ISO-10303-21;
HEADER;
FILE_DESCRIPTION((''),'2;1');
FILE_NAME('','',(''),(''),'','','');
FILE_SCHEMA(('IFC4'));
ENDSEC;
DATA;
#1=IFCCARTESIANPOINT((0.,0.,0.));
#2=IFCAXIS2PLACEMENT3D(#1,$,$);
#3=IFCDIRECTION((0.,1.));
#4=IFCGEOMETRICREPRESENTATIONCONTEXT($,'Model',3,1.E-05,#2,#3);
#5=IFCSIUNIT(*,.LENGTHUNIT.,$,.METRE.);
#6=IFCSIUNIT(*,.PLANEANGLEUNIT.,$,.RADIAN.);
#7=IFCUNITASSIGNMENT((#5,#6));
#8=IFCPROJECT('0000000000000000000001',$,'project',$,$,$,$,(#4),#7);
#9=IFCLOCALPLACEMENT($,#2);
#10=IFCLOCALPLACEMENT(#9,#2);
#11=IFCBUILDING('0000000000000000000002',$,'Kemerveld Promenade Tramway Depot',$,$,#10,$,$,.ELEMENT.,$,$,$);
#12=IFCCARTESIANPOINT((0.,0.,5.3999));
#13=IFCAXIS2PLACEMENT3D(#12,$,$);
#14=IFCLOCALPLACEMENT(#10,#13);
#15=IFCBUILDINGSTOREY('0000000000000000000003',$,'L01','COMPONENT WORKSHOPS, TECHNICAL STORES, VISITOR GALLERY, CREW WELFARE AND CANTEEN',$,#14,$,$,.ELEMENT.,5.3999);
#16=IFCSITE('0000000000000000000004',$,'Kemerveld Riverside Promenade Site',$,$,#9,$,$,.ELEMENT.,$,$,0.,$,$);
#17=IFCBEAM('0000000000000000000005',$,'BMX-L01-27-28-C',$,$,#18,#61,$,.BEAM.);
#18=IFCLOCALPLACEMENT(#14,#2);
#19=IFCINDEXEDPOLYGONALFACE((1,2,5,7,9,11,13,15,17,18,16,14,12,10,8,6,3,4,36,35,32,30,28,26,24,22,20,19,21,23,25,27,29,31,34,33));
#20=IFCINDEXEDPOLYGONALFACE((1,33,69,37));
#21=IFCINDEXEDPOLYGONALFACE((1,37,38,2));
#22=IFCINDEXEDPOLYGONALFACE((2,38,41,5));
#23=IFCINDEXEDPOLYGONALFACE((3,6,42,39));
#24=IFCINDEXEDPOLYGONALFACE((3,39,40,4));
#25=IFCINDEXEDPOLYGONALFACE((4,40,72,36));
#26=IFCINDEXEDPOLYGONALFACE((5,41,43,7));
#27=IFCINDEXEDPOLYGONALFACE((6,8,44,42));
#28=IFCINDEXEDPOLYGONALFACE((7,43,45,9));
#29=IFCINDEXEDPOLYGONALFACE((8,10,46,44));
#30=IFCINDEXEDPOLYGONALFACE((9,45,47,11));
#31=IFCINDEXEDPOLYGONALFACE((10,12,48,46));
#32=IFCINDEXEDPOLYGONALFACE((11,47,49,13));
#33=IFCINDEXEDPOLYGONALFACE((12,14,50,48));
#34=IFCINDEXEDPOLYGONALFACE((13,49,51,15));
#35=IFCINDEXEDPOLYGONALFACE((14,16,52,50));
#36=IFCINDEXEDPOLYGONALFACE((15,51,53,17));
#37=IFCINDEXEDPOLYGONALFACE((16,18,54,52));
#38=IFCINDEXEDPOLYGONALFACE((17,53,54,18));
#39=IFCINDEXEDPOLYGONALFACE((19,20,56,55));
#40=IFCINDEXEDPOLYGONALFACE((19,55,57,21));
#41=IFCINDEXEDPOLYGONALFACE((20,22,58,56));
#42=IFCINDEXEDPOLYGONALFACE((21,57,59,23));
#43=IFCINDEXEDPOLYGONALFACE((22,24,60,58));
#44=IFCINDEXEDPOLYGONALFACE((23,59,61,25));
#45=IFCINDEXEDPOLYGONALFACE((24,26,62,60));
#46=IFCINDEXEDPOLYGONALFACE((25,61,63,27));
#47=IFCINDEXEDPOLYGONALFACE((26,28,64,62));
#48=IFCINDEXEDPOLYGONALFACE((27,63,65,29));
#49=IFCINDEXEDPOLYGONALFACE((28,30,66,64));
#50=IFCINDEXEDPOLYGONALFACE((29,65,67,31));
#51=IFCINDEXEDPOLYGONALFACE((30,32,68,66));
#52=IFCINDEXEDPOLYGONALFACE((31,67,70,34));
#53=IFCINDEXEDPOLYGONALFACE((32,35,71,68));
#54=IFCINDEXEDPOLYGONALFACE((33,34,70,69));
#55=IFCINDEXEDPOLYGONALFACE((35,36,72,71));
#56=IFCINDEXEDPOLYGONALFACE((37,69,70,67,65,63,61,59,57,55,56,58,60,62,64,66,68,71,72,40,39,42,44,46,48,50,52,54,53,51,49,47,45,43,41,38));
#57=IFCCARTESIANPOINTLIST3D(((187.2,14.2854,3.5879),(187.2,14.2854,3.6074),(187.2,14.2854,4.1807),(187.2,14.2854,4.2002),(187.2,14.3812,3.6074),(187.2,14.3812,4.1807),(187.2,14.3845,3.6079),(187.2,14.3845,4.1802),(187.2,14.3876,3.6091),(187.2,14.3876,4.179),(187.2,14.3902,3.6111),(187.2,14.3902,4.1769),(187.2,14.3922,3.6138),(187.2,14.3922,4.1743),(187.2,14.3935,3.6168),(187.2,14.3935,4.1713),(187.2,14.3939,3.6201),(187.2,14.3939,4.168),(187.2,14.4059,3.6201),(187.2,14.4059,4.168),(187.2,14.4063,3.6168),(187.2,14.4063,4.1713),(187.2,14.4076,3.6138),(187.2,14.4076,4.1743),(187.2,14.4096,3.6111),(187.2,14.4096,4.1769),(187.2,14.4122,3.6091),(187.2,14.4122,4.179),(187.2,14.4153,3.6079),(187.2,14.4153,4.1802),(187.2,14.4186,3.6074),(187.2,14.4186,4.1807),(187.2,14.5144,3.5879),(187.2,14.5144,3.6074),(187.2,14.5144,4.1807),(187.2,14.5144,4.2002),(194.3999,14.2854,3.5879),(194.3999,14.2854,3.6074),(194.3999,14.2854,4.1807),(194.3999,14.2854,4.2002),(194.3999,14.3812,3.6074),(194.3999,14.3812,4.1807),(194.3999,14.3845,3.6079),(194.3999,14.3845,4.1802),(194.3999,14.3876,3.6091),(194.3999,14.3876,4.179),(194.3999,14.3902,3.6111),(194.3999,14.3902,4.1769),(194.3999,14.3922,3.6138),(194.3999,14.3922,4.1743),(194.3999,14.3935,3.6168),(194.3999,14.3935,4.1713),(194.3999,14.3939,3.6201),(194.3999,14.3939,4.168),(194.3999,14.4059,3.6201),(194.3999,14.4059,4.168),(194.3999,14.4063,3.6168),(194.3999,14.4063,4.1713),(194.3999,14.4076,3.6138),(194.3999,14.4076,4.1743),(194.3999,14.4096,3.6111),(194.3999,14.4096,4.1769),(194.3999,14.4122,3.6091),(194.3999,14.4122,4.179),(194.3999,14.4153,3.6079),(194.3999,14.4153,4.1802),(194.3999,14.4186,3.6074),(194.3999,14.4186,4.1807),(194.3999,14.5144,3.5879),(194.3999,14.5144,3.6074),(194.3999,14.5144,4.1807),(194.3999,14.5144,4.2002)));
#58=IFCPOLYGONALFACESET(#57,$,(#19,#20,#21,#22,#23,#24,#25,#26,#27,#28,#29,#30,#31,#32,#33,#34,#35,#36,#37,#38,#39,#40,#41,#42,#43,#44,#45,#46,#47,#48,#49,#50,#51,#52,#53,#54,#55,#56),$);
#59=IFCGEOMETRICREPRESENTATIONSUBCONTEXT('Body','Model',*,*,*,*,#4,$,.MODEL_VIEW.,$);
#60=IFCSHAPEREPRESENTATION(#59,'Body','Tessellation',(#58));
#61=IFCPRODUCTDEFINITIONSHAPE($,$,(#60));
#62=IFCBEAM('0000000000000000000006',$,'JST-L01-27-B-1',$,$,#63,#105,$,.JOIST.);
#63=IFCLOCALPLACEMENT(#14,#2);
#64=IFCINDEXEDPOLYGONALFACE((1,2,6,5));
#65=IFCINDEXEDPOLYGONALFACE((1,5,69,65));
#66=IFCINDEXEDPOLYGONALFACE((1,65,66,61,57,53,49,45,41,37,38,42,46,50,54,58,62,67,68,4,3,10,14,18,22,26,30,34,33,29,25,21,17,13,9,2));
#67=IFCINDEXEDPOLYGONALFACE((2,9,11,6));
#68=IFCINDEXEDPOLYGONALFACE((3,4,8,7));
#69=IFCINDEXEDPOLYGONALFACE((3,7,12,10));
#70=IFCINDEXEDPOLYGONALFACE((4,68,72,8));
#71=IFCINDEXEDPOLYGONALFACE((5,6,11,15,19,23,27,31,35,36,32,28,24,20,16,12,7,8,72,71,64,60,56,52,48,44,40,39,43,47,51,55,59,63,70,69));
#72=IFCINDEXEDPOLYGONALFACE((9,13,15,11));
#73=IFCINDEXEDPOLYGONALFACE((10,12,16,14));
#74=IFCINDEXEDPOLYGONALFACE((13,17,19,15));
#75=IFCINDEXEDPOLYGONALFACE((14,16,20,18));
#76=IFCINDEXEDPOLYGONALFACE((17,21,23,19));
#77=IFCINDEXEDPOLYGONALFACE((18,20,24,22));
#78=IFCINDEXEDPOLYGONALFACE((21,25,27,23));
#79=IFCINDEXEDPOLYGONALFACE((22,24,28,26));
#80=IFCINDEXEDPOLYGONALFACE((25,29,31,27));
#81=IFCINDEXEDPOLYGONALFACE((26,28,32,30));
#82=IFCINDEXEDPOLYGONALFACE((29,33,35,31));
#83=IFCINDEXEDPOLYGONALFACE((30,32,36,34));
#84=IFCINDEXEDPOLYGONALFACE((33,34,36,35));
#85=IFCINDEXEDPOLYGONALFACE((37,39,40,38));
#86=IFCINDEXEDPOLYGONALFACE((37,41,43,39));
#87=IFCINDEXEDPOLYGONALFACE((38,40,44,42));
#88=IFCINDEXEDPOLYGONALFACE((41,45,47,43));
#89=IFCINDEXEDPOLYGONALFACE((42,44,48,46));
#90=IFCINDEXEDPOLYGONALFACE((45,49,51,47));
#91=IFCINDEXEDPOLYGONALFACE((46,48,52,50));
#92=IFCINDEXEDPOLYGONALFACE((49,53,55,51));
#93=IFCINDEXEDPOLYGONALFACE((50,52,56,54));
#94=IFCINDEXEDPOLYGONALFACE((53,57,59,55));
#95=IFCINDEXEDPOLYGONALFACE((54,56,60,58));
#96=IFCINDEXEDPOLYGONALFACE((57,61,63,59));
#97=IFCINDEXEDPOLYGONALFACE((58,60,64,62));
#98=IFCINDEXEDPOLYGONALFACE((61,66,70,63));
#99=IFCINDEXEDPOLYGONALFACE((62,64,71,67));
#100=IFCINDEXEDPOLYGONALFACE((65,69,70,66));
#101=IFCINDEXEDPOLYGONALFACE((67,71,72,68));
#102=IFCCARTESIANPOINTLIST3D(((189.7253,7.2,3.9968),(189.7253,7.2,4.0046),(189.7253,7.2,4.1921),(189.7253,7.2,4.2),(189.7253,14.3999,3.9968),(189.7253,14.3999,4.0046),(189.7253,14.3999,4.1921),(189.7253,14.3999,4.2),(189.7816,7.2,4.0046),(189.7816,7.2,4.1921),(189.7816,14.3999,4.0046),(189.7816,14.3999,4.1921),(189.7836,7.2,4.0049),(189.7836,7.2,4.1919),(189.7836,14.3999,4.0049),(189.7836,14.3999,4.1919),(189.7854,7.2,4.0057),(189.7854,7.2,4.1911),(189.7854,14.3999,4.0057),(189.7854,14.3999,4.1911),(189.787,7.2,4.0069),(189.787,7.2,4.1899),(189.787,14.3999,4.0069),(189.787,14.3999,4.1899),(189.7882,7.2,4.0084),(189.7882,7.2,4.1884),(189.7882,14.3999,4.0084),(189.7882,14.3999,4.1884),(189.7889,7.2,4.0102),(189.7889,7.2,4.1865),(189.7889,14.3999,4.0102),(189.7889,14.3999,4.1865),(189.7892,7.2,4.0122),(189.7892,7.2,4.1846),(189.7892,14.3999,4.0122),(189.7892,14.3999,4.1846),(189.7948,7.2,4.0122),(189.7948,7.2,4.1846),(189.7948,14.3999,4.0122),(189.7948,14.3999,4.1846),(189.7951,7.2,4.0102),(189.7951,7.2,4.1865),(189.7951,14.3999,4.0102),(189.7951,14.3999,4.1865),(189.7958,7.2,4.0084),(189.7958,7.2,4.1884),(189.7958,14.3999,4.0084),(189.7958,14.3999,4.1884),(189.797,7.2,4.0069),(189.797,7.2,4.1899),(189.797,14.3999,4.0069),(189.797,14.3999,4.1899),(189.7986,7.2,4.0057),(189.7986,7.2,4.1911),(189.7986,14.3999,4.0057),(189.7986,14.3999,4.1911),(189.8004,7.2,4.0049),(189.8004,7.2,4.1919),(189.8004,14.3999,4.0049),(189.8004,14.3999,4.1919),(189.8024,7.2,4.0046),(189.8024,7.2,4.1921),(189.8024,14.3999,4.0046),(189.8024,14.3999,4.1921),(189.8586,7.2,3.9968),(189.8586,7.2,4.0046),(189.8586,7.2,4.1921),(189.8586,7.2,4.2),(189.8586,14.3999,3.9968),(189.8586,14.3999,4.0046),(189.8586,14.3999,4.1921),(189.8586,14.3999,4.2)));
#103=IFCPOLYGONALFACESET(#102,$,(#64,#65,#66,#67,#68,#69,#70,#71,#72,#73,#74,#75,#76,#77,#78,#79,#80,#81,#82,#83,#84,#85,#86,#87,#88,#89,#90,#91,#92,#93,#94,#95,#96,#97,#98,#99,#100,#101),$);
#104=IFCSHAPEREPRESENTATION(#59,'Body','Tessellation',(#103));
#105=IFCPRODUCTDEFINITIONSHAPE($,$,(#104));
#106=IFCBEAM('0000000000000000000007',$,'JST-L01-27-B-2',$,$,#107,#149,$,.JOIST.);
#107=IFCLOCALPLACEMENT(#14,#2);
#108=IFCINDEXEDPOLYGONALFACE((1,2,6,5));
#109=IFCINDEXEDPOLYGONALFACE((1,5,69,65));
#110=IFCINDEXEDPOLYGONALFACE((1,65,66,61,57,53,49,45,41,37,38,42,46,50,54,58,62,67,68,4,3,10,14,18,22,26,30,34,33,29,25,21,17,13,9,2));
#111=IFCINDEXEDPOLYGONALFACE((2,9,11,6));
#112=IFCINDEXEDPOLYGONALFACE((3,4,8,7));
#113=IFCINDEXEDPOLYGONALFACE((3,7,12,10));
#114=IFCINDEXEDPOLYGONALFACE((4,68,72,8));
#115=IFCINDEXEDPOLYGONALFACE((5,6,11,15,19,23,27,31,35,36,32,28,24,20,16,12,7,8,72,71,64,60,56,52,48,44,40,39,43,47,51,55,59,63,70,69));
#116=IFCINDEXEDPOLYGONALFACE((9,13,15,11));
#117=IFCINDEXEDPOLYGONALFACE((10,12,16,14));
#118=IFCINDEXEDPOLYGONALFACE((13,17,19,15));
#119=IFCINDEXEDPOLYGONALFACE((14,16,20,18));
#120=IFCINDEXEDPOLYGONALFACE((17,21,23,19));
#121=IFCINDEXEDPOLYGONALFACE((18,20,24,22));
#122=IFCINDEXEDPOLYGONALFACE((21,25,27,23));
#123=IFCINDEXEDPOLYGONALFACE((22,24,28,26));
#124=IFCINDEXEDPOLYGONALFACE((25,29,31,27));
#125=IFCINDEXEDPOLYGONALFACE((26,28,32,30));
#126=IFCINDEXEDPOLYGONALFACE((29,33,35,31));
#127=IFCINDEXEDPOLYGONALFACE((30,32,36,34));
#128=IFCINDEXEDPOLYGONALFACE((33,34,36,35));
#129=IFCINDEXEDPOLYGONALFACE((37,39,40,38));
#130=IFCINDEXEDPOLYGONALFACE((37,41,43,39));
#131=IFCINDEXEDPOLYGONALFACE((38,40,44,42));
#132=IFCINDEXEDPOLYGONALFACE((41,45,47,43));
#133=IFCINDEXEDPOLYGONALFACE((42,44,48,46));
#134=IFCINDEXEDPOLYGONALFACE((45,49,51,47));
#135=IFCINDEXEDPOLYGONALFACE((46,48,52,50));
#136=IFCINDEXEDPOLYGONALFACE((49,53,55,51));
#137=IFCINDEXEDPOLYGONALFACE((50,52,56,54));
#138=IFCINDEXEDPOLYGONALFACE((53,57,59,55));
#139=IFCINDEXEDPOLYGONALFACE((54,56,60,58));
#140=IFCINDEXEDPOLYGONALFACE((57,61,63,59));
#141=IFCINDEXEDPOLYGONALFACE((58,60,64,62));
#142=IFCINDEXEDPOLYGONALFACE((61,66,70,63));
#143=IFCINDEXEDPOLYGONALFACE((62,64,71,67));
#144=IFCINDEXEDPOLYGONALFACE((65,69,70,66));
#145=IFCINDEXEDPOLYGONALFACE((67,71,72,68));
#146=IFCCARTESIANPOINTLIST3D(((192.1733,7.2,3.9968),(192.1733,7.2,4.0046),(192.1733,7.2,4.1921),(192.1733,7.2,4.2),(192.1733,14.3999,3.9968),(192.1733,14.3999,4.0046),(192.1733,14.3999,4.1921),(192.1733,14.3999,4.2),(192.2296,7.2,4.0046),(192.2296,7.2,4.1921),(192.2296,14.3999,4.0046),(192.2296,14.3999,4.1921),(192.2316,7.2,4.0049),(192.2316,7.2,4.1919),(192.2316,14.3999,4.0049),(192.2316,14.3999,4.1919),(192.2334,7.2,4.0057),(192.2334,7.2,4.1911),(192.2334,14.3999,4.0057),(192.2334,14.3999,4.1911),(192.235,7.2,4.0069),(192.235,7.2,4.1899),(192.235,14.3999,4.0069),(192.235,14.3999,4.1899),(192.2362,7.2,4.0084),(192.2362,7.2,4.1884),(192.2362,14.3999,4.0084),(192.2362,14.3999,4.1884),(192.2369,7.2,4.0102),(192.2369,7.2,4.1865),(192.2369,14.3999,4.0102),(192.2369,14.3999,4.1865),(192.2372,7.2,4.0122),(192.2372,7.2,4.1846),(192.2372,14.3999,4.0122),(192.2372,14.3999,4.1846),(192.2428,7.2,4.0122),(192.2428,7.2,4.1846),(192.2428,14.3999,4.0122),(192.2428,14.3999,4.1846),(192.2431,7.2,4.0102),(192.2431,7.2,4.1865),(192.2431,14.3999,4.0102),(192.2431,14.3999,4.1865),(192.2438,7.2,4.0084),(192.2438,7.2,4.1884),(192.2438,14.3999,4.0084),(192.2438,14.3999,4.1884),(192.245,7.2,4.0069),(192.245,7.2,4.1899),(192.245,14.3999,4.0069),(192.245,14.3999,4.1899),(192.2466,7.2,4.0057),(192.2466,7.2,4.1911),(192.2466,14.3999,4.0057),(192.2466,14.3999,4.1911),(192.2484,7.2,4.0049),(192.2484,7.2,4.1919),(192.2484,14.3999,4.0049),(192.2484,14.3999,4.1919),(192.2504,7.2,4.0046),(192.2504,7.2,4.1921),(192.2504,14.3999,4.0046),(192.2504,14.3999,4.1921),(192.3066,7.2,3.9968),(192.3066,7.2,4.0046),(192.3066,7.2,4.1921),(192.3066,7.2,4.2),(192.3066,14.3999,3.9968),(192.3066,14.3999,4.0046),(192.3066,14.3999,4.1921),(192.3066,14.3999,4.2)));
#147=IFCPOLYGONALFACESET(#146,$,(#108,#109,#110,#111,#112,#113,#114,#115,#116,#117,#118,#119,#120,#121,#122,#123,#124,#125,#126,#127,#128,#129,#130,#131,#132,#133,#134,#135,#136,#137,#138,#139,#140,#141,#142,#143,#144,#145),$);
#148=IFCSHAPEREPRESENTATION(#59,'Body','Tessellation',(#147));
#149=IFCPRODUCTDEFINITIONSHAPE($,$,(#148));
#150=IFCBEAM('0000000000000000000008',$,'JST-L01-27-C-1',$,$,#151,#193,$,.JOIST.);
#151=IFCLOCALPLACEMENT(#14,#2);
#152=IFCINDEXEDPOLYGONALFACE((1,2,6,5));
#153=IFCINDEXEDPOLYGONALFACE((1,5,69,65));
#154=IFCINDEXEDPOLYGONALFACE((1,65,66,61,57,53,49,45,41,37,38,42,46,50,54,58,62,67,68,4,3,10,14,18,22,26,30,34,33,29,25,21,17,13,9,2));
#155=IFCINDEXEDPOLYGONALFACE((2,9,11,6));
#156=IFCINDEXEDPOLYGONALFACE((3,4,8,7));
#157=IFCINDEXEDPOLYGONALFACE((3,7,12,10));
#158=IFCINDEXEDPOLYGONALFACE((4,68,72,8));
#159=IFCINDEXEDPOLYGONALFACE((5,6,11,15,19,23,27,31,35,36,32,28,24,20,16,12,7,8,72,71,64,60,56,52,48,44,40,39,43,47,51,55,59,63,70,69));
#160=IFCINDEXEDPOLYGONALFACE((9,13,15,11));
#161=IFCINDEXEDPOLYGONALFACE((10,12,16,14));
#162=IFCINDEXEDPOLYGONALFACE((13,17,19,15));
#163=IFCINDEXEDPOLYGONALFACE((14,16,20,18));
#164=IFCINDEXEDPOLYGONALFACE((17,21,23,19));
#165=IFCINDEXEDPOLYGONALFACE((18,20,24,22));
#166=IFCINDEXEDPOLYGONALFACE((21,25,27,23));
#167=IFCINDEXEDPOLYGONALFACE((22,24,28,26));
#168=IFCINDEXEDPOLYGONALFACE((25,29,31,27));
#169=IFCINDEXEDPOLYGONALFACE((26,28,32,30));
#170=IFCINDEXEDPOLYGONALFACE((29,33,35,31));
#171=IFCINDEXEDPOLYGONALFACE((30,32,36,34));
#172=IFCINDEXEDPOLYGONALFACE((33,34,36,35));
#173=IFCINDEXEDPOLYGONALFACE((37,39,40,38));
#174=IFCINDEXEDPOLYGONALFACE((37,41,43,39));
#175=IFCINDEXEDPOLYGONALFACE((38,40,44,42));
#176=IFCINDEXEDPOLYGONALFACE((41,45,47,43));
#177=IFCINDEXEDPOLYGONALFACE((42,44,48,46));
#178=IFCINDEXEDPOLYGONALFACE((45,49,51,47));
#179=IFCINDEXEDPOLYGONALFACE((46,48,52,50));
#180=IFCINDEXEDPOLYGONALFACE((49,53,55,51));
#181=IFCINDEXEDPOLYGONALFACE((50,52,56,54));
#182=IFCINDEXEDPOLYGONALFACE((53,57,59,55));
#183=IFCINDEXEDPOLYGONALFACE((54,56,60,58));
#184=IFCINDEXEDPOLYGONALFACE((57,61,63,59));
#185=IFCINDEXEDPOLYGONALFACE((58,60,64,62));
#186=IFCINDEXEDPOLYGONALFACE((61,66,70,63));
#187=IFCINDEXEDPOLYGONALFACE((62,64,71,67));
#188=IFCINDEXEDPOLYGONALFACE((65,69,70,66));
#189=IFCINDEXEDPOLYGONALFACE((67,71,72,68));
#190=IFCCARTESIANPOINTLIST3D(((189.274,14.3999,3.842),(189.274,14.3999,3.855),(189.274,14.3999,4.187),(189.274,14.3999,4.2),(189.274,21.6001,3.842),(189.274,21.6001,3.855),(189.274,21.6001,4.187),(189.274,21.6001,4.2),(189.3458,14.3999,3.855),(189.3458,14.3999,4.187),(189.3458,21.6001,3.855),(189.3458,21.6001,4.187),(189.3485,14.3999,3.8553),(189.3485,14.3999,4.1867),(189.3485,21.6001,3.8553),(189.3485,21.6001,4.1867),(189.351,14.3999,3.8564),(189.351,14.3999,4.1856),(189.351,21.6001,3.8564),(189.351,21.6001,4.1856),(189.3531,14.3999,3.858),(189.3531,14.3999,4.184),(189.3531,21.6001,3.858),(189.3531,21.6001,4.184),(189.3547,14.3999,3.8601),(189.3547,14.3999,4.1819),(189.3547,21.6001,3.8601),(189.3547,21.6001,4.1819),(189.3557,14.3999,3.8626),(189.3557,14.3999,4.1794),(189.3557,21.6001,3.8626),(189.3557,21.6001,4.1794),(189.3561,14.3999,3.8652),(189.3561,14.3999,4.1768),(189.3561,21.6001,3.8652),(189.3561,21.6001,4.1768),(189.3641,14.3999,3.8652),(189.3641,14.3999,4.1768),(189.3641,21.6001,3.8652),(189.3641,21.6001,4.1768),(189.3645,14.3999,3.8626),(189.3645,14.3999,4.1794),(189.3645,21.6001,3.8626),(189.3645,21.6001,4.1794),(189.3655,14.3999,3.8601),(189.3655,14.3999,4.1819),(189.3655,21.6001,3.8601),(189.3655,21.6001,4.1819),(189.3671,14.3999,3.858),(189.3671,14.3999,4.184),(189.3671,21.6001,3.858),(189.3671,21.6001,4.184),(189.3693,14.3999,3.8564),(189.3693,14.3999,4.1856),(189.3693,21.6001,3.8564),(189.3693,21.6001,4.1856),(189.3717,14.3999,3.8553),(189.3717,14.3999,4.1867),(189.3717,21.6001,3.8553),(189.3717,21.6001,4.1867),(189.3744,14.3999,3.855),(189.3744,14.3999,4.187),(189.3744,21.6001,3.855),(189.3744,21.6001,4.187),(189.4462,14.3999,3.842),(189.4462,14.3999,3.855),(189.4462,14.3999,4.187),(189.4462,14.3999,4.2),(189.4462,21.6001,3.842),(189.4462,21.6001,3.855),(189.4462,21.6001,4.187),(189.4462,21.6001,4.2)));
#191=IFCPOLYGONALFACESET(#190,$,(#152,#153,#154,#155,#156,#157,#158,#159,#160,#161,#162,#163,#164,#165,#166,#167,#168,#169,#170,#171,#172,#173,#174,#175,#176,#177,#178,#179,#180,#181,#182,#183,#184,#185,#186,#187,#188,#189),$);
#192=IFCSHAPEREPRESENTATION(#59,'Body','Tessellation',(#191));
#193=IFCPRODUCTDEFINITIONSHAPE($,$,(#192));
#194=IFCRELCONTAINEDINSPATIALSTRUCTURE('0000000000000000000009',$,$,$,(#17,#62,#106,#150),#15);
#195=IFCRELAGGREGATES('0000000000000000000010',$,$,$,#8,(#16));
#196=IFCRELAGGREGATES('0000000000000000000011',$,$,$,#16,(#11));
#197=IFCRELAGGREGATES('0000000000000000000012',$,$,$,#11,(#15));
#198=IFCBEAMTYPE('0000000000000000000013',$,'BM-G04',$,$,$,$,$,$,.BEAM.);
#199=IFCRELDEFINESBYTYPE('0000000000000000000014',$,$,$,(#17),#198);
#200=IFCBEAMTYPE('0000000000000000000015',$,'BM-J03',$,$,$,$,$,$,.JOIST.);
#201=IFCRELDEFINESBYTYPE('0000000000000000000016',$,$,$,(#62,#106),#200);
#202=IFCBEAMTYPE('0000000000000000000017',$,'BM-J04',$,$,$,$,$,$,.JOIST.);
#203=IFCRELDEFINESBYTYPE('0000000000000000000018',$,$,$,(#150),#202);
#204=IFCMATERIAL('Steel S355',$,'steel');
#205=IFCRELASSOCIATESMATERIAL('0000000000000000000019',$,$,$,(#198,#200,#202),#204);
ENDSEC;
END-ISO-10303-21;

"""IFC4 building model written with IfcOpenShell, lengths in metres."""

from ifc_helpers import new_model, si_unit, direction, frame, origin, origin_2d, place, context, subcontext, project, spatial, i_section, extrude, material, material_profile, profile_set, type_object, element, save


model = new_model("IFC4")

# Units and contexts
model_context = context("Model", 3, precision=1e-05, world=origin(), true_north=direction((0.0, 1.0)))
body_context = subcontext(model_context, "Body", "Model", "MODEL_VIEW")
ifc_project = project(units=[si_unit("LENGTHUNIT", "METRE"), si_unit("PLANEANGLEUNIT", "RADIAN")], contexts=[model_context])

# Site, building, storey
site_placement = place(None, origin())
site = spatial("IfcSite", under=ifc_project, at=site_placement, Name="Kemerveld Riverside Promenade Site", CompositionType="ELEMENT", RefElevation=0.0)
building_placement = place(site_placement, origin())
building = spatial("IfcBuilding", under=site, at=building_placement, Name="Kemerveld Promenade Tramway Depot", CompositionType="ELEMENT")
storey_placement = place(building_placement, frame((0.0, 0.0, 5.3999)))
storey = spatial("IfcBuildingStorey", under=building, at=storey_placement, Name="L01", Description="COMPONENT WORKSHOPS, TECHNICAL STORES, VISITOR GALLERY, CREW WELFARE AND CANTEEN", CompositionType="ELEMENT", Elevation=5.3999)

# Shared definitions
ifc_material_1 = material(Name="Steel S355", Category="steel")

# Beams
ifc_material_profile_1 = material_profile(ifc_material_1, i_section(OverallWidth=0.229, OverallDepth=0.6123, WebThickness=0.012, FlangeThickness=0.0195, FilletRadius=0.0127, at=origin_2d()), Name="610x229x125 UB")
ifc_profile_set_1 = profile_set([ifc_material_profile_1], Name="Steel S355")
beam_type_1 = type_object("IfcBeamType", Name="BM-G04", PredefinedType="BEAM", material=ifc_profile_set_1)
beam_1_placement = place(storey_placement, frame((187.2, 14.3999, 3.894), z_axis=(1.0, 0.0, 0.0), x_axis=(0.0, 1.0, 0.0)))
element("IfcBeam", 1, at=beam_1_placement, inside=storey, type_object=beam_type_1, Name="BMX-L01-27-28-C", PredefinedType="BEAM", context=body_context, shape_type="SweptSolid", body=[
    extrude(i_section(OverallWidth=0.229, OverallDepth=0.6123, WebThickness=0.012, FlangeThickness=0.0195, FilletRadius=0.0127, at=origin_2d()), origin(), (0.0, 0.0, 1.0), 7.2),
])
ifc_material_profile_2 = material_profile(ifc_material_1, i_section(OverallWidth=0.1333, OverallDepth=0.2031, WebThickness=0.0056, FlangeThickness=0.0078, FilletRadius=0.0076, at=origin_2d()), Name="203x133x25 UB")
ifc_profile_set_2 = profile_set([ifc_material_profile_2], Name="Steel S355")
beam_type_2 = type_object("IfcBeamType", Name="BM-J03", PredefinedType="JOIST", material=ifc_profile_set_2)
for number, where, z_axis, x_axis, name in (
    (2, (189.792, 7.2, 4.0984), (0.0, 1.0, 0.0), (-1.0, 0.0, 0.0), "JST-L01-27-B-1"),
    (3, (192.24, 7.2, 4.0984), (0.0, 1.0, 0.0), (-1.0, 0.0, 0.0), "JST-L01-27-B-2"),
):
    element("IfcBeam", number, at=place(storey_placement, frame(where, z_axis=z_axis, x_axis=x_axis)), inside=storey, type_object=beam_type_2, Name=name, PredefinedType="JOIST", context=body_context, shape_type="SweptSolid", body=[
        extrude(i_section(OverallWidth=0.1333, OverallDepth=0.2031, WebThickness=0.0056, FlangeThickness=0.0078, FilletRadius=0.0076, at=origin_2d()), origin(), (0.0, 0.0, 1.0), 7.2),
    ])
ifc_material_profile_3 = material_profile(ifc_material_1, i_section(OverallWidth=0.1721, OverallDepth=0.3579, WebThickness=0.0081, FlangeThickness=0.0129, FilletRadius=0.0103, at=origin_2d()), Name="356x171x57 UB")
ifc_profile_set_3 = profile_set([ifc_material_profile_3], Name="Steel S355")
beam_type_3 = type_object("IfcBeamType", Name="BM-J04", PredefinedType="JOIST", material=ifc_profile_set_3)
beam_2_placement = place(storey_placement, frame((189.3601, 14.3999, 4.021), z_axis=(0.0, 1.0, 0.0), x_axis=(-1.0, 0.0, 0.0)))
element("IfcBeam", 4, at=beam_2_placement, inside=storey, type_object=beam_type_3, Name="JST-L01-27-C-1", PredefinedType="JOIST", context=body_context, shape_type="SweptSolid", body=[
    extrude(i_section(OverallWidth=0.1721, OverallDepth=0.3579, WebThickness=0.0081, FlangeThickness=0.0129, FilletRadius=0.0103, at=origin_2d()), origin(), (0.0, 0.0, 1.0), 7.2002),
])

save(model, "model.ifc")
